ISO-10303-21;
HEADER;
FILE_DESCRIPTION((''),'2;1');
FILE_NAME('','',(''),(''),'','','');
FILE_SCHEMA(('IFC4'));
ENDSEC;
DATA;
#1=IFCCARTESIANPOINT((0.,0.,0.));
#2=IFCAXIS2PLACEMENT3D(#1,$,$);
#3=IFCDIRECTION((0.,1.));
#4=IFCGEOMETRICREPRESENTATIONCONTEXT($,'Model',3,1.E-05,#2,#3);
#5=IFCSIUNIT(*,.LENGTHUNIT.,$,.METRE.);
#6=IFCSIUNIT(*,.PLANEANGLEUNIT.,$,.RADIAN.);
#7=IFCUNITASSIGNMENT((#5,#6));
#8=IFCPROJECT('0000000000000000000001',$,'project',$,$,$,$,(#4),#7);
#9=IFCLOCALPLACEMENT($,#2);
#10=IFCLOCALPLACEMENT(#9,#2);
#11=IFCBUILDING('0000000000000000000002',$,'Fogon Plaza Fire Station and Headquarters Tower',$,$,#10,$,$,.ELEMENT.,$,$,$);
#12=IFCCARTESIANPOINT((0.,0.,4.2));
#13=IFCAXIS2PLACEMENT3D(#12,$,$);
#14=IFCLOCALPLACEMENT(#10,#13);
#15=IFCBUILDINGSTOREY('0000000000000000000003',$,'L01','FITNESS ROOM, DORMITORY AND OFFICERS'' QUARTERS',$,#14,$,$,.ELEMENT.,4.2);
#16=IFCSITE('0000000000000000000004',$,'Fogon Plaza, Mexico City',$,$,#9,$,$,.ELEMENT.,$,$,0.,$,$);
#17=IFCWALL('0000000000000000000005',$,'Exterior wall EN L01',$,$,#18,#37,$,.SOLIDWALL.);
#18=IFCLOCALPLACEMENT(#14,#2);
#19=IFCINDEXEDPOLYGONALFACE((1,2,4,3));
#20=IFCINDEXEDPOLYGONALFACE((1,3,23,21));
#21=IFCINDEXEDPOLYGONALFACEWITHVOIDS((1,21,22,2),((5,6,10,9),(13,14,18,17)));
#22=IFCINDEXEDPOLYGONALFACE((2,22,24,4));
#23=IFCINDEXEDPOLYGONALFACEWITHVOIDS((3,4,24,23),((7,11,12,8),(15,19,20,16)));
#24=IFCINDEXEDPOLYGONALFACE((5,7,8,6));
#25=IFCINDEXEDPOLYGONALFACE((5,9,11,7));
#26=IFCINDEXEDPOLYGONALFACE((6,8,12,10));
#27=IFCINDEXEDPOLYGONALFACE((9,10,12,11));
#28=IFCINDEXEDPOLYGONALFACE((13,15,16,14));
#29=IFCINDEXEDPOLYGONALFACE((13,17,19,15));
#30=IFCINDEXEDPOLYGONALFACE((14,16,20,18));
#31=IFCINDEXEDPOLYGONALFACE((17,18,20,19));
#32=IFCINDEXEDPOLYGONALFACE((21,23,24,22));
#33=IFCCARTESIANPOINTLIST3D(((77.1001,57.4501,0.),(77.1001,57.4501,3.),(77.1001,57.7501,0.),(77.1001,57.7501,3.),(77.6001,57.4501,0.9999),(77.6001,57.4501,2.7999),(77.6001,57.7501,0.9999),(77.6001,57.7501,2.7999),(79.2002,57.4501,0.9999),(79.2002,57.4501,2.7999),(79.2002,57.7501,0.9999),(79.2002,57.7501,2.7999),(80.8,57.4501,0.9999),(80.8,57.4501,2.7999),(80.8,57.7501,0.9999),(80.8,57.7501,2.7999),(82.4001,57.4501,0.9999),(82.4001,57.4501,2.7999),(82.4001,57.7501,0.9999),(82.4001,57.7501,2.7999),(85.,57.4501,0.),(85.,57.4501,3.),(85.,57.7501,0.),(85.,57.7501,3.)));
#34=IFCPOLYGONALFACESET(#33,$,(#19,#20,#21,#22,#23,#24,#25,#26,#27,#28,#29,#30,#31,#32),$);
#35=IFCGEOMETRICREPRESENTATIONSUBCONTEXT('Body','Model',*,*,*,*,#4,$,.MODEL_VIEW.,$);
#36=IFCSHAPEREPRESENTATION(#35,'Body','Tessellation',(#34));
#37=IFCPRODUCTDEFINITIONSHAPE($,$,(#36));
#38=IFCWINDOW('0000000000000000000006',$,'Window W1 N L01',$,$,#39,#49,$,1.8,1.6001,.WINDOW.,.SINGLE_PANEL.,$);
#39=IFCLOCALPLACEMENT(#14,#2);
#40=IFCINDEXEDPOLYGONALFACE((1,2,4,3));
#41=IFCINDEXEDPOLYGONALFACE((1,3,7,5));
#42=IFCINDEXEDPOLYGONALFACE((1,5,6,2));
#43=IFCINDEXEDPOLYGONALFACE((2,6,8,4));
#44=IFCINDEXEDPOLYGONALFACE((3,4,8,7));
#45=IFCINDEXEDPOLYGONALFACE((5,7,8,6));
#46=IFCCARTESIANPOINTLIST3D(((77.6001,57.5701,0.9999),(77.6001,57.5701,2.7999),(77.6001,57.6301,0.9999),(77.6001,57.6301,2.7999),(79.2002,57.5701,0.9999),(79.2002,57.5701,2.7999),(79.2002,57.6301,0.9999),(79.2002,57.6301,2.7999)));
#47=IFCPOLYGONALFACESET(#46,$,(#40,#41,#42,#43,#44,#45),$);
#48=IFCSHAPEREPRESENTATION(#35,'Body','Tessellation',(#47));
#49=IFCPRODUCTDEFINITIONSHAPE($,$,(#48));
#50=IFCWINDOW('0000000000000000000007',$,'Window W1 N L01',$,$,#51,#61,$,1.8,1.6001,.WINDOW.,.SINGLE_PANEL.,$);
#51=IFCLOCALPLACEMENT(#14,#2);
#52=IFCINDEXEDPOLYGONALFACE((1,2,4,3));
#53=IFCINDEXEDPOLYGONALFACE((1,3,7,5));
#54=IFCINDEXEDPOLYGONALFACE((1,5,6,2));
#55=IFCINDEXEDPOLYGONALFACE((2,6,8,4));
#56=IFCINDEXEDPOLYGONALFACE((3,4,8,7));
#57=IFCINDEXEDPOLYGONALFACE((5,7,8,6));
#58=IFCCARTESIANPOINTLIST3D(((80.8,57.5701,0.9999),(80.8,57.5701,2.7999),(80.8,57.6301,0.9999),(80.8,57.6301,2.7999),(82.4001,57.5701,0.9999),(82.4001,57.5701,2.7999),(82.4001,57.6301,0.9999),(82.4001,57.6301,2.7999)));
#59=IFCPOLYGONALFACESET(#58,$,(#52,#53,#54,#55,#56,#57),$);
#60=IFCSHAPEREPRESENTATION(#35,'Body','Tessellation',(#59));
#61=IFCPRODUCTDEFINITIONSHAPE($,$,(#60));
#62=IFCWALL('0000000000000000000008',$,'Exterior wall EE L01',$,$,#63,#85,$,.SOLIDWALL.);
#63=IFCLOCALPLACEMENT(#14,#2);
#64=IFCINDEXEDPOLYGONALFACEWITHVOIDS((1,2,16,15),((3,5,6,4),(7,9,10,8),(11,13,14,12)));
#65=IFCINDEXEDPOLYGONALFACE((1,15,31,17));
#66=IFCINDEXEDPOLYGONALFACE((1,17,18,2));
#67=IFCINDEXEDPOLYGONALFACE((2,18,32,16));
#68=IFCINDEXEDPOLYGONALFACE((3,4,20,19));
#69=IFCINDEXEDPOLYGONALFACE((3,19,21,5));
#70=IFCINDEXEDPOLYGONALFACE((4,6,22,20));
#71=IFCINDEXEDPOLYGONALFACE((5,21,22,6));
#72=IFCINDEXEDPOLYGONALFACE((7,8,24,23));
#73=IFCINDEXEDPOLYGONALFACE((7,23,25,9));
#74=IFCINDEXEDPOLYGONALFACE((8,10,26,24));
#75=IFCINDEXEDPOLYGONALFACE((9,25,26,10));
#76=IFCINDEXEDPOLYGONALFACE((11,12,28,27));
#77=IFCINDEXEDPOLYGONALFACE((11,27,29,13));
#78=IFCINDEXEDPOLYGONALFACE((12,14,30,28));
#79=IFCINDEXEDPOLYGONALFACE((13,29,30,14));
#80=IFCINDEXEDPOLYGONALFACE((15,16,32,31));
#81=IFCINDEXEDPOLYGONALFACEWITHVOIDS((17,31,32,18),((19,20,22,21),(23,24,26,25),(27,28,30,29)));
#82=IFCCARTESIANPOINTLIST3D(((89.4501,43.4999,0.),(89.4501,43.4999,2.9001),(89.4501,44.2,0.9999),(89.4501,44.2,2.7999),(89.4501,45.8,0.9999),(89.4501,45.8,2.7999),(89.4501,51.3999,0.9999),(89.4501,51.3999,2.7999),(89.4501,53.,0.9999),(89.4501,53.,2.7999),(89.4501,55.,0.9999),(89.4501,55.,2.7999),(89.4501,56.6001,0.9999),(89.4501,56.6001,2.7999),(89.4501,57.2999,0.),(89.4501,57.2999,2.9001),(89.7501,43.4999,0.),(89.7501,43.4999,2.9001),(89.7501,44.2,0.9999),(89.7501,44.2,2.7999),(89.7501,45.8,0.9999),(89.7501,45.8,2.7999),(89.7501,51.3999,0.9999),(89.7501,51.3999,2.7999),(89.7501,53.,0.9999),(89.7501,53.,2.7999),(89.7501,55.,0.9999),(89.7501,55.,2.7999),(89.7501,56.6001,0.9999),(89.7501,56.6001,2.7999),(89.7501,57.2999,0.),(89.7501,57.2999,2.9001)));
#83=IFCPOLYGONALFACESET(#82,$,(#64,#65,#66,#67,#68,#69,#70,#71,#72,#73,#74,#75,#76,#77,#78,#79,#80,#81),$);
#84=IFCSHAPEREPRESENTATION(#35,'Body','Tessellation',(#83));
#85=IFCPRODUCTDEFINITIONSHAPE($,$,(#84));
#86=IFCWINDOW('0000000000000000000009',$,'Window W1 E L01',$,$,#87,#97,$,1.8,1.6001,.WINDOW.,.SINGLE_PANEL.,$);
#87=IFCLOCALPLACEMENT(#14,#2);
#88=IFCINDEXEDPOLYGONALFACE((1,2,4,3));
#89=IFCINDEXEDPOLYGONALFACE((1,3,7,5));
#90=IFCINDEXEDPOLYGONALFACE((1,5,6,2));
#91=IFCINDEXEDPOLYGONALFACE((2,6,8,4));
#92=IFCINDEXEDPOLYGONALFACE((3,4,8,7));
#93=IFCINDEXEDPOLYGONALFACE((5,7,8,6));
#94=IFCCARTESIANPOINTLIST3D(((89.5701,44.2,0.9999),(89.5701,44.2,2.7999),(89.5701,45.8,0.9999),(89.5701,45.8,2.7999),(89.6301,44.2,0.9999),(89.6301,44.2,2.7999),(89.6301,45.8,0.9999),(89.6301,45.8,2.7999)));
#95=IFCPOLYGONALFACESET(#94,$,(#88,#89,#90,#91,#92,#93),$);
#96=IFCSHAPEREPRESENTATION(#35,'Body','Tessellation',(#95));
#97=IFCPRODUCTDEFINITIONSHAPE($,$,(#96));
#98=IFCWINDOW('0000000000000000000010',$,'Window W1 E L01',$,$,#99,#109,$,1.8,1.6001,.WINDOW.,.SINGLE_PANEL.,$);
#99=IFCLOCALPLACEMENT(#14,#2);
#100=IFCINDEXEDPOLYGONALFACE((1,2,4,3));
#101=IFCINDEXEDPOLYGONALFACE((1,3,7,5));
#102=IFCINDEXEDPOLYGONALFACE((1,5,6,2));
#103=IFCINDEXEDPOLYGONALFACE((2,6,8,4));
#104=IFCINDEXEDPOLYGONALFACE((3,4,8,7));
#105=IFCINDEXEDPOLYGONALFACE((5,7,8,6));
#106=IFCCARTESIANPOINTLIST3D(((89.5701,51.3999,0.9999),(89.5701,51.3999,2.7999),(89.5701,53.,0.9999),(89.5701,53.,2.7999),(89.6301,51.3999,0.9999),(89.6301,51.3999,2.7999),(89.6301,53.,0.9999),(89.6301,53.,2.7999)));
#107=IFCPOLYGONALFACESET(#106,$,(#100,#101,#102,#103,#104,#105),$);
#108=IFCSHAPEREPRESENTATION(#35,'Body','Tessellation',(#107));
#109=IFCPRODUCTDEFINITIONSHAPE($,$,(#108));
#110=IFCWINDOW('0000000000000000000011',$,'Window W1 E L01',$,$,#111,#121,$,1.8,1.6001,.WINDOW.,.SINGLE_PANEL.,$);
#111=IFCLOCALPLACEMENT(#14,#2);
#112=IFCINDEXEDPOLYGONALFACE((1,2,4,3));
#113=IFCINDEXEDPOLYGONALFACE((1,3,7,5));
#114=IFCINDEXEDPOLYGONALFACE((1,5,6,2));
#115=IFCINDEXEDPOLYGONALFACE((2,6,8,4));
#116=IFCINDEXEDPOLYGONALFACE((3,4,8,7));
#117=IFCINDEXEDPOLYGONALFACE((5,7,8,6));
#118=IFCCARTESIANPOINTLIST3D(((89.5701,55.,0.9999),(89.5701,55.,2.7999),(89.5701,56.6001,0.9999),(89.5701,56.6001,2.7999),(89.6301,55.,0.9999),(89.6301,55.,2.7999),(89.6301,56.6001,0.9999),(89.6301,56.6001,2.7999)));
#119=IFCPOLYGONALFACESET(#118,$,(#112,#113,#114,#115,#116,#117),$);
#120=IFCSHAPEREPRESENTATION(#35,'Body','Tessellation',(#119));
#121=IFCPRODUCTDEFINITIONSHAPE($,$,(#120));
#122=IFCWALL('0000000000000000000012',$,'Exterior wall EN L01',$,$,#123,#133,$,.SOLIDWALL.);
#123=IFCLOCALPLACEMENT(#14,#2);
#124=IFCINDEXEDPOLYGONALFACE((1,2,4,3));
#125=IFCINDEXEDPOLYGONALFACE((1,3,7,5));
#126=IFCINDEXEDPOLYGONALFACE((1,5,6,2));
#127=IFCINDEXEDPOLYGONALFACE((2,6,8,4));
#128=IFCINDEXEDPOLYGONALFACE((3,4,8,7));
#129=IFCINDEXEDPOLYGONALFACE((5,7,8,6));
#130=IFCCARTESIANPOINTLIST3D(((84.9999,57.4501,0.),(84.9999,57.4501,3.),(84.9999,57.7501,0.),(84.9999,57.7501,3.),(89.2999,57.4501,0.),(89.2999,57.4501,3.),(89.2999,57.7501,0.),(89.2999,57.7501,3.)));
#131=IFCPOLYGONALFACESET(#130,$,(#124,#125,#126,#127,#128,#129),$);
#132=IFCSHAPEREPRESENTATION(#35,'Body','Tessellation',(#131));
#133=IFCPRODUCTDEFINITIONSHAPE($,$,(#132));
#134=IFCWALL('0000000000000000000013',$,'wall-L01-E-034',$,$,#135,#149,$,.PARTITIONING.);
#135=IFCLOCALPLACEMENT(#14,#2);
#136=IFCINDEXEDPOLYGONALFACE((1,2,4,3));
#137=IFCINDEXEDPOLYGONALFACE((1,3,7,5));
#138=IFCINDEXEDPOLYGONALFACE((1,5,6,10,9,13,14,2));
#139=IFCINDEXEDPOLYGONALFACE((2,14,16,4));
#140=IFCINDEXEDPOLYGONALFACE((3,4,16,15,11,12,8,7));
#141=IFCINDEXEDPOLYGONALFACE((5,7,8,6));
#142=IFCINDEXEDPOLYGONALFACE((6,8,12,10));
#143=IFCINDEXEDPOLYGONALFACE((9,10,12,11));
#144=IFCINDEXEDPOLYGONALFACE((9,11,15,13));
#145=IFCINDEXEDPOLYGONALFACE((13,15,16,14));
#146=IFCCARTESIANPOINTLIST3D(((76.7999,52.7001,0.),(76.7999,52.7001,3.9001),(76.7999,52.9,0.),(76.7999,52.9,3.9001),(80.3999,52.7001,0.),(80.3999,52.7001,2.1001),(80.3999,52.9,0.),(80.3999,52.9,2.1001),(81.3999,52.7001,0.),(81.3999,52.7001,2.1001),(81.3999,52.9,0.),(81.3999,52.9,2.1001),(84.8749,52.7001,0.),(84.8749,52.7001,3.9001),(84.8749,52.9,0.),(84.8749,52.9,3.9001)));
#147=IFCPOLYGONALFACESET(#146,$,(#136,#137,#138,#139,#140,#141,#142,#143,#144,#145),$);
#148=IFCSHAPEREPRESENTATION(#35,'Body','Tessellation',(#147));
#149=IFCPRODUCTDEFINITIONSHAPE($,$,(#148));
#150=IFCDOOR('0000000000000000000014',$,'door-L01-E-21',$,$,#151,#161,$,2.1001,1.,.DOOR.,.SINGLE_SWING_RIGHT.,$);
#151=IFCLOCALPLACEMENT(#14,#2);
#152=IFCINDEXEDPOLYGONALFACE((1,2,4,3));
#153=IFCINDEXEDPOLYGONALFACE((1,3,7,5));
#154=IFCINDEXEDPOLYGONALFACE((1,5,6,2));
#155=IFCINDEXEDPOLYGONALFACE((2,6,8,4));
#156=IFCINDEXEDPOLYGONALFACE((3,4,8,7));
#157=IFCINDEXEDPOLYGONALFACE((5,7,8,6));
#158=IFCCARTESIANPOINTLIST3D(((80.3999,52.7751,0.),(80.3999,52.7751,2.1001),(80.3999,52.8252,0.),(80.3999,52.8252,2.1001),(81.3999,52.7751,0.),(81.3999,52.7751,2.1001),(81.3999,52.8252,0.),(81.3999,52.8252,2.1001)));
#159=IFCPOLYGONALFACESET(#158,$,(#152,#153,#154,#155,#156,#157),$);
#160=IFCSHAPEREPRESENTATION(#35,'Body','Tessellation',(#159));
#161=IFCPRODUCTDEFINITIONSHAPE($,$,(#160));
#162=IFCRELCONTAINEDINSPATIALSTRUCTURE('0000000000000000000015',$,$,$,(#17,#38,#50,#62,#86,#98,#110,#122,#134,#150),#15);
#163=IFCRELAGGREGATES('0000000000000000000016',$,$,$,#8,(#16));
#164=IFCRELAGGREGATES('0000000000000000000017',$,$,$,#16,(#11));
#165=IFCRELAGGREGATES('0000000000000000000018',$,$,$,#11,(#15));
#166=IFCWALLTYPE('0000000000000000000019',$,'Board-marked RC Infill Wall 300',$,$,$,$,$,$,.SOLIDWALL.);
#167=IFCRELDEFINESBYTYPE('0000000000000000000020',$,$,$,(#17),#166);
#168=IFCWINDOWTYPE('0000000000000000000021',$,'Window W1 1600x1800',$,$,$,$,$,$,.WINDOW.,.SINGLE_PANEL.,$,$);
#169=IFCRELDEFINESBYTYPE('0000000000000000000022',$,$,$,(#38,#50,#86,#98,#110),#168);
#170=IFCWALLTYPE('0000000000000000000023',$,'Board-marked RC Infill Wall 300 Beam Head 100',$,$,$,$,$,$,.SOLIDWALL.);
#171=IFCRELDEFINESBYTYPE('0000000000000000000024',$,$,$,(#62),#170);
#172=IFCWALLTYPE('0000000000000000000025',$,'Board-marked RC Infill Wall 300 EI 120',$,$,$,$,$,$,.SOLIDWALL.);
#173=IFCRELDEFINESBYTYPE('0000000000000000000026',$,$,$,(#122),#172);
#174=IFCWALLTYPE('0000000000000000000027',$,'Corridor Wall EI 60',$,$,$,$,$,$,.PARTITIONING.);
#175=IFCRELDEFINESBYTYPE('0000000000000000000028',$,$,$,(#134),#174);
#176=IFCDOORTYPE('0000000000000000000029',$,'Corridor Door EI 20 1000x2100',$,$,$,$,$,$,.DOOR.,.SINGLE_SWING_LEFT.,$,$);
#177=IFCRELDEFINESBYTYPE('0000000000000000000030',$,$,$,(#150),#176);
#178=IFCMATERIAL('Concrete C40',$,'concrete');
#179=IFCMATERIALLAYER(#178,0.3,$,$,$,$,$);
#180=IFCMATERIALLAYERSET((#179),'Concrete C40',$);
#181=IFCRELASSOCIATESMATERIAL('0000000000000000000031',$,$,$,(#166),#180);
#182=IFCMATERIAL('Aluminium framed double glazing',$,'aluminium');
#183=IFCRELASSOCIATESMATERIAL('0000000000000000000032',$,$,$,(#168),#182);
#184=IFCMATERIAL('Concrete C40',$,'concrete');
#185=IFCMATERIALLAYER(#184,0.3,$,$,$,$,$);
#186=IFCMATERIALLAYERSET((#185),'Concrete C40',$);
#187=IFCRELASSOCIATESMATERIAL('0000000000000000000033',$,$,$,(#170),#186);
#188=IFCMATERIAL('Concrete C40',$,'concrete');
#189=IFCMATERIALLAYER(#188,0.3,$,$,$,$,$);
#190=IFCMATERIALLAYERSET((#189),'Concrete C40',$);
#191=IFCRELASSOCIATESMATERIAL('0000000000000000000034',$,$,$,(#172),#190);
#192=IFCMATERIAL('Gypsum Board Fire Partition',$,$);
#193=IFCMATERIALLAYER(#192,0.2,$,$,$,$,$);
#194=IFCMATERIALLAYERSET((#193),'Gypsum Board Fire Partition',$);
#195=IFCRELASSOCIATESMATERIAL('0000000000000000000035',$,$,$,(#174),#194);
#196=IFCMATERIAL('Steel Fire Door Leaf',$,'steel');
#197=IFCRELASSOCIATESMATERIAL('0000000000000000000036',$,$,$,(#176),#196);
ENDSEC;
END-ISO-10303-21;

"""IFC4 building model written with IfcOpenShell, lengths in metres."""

from ifc_helpers import new_model, si_unit, direction, frame, frame_2d, origin, place, context, subcontext, project, spatial, rectangle, extrude, material, layer, layer_set, type_object, element, fill, save


model = new_model("IFC4")

# Units and contexts
model_context = context("Model", 3, precision=1e-05, world=origin(), true_north=direction((0.0, 1.0)))
body_context = subcontext(model_context, "Body", "Model", "MODEL_VIEW")
ifc_project = project(units=[si_unit("LENGTHUNIT", "METRE"), si_unit("PLANEANGLEUNIT", "RADIAN")], contexts=[model_context])

# Site, building, storey
site_placement = place(None, origin())
site = spatial("IfcSite", under=ifc_project, at=site_placement, Name="Fogon Plaza, Mexico City", CompositionType="ELEMENT", RefElevation=0.0)
building_placement = place(site_placement, origin())
building = spatial("IfcBuilding", under=site, at=building_placement, Name="Fogon Plaza Fire Station and Headquarters Tower", CompositionType="ELEMENT")
storey_placement = place(building_placement, frame((0.0, 0.0, 4.2)))
storey = spatial("IfcBuildingStorey", under=building, at=storey_placement, Name="L01", Description="FITNESS ROOM, DORMITORY AND OFFICERS' QUARTERS", CompositionType="ELEMENT", Elevation=4.2)

# Walls, openings, windows
ifc_material_1 = material(Name="Concrete C40", Category="concrete")
ifc_layer_1 = layer(ifc_material_1, 0.3)
ifc_layer_set_1 = layer_set([ifc_layer_1], Name="Concrete C40")
wall_type_1 = type_object("IfcWallType", Name="Board-marked RC Infill Wall 300", PredefinedType="SOLIDWALL", material=ifc_layer_set_1)
wall_1_placement = place(storey_placement, frame((77.1001, 57.6001, 0.0), z_axis=(0.0, 0.0, 1.0), x_axis=(1.0, 0.0, 0.0)))
wall_1 = element("IfcWall", 1, at=wall_1_placement, inside=storey, type_object=wall_type_1, Name="Exterior wall EN L01", PredefinedType="SOLIDWALL", context=body_context, shape_type="SweptSolid", body=[
    extrude(rectangle(XDim=7.8999, YDim=0.3, at=frame_2d((3.95, 0.0))), origin(), (0.0, 0.0, 1.0), 3.0),
])
opening_1_placement = place(wall_1_placement, frame((0.5, 0.0, 1.0)))
opening_1 = element("IfcOpeningElement", 2, at=opening_1_placement, cuts=wall_1, PredefinedType="OPENING", context=body_context, shape_type="SweptSolid", body=[
    extrude(rectangle(XDim=1.6001, YDim=1.8, at=frame_2d((0.8, 0.8999))), frame((0.0, 0.1599, 0.0), z_axis=(0.0, -1.0, 0.0), x_axis=(1.0, 0.0, 0.0)), (0.0, 0.0, 1.0), 0.3201),
])
opening_2_placement = place(wall_1_placement, frame((3.7, 0.0, 1.0)))
opening_2 = element("IfcOpeningElement", 3, at=opening_2_placement, cuts=wall_1, PredefinedType="OPENING", context=body_context, shape_type="SweptSolid", body=[
    extrude(rectangle(XDim=1.6001, YDim=1.8, at=frame_2d((0.8, 0.8999))), frame((0.0, 0.1599, 0.0), z_axis=(0.0, -1.0, 0.0), x_axis=(1.0, 0.0, 0.0)), (0.0, 0.0, 1.0), 0.3201),
])
ifc_material_2 = material(Name="Aluminium framed double glazing", Category="aluminium")
window_type = type_object("IfcWindowType", Name="Window W1 1600x1800", PartitioningType="SINGLE_PANEL", PredefinedType="WINDOW", material=ifc_material_2)
window_1_placement = place(opening_1_placement, origin())
window_1 = element("IfcWindow", 4, at=window_1_placement, inside=storey, type_object=window_type, Name="Window W1 N L01", OverallHeight=1.8, OverallWidth=1.6001, PartitioningType="SINGLE_PANEL", PredefinedType="WINDOW", context=body_context, shape_type="SweptSolid", body=[
    extrude(rectangle(XDim=1.6001, YDim=1.8, at=frame_2d((0.8, 0.8999))), frame((0.0, 0.03, 0.0), z_axis=(0.0, -1.0, 0.0), x_axis=(1.0, 0.0, 0.0)), (0.0, 0.0, 1.0), 0.0601),
])
fill(opening_1, window_1)
window_2_placement = place(opening_2_placement, origin())
window_2 = element("IfcWindow", 5, at=window_2_placement, inside=storey, type_object=window_type, Name="Window W1 N L01", OverallHeight=1.8, OverallWidth=1.6001, PartitioningType="SINGLE_PANEL", PredefinedType="WINDOW", context=body_context, shape_type="SweptSolid", body=[
    extrude(rectangle(XDim=1.6001, YDim=1.8, at=frame_2d((0.8, 0.8999))), frame((0.0, 0.03, 0.0), z_axis=(0.0, -1.0, 0.0), x_axis=(1.0, 0.0, 0.0)), (0.0, 0.0, 1.0), 0.0601),
])
fill(opening_2, window_2)
ifc_material_3 = material(Name="Concrete C40", Category="concrete")
ifc_layer_2 = layer(ifc_material_3, 0.3)
ifc_layer_set_2 = layer_set([ifc_layer_2], Name="Concrete C40")
wall_type_2 = type_object("IfcWallType", Name="Board-marked RC Infill Wall 300 Beam Head 100", PredefinedType="SOLIDWALL", material=ifc_layer_set_2)
wall_2_placement = place(storey_placement, frame((89.6001, 43.5, 0.0), z_axis=(0.0, 0.0, 1.0), x_axis=(0.0, 1.0, 0.0)))
wall_2 = element("IfcWall", 6, at=wall_2_placement, inside=storey, type_object=wall_type_2, Name="Exterior wall EE L01", PredefinedType="SOLIDWALL", context=body_context, shape_type="SweptSolid", body=[
    extrude(rectangle(XDim=13.8, YDim=0.3, at=frame_2d((6.8999, 0.0))), origin(), (0.0, 0.0, 1.0), 2.9001),
])
opening_3_placement = place(wall_2_placement, frame((0.7, 0.0, 1.0)))
opening_3 = element("IfcOpeningElement", 7, at=opening_3_placement, cuts=wall_2, PredefinedType="OPENING", context=body_context, shape_type="SweptSolid", body=[
    extrude(rectangle(XDim=1.6001, YDim=1.8, at=frame_2d((0.8, 0.8999))), frame((0.0, 0.1599, 0.0), z_axis=(0.0, -1.0, 0.0), x_axis=(1.0, 0.0, 0.0)), (0.0, 0.0, 1.0), 0.3201),
])
opening_4_placement = place(wall_2_placement, frame((7.8999, 0.0, 1.0)))
opening_4 = element("IfcOpeningElement", 8, at=opening_4_placement, cuts=wall_2, PredefinedType="OPENING", context=body_context, shape_type="SweptSolid", body=[
    extrude(rectangle(XDim=1.6001, YDim=1.8, at=frame_2d((0.8, 0.8999))), frame((0.0, 0.1599, 0.0), z_axis=(0.0, -1.0, 0.0), x_axis=(1.0, 0.0, 0.0)), (0.0, 0.0, 1.0), 0.3201),
])
opening_5_placement = place(wall_2_placement, frame((11.5, 0.0, 1.0)))
opening_5 = element("IfcOpeningElement", 9, at=opening_5_placement, cuts=wall_2, PredefinedType="OPENING", context=body_context, shape_type="SweptSolid", body=[
    extrude(rectangle(XDim=1.6001, YDim=1.8, at=frame_2d((0.8, 0.8999))), frame((0.0, 0.1599, 0.0), z_axis=(0.0, -1.0, 0.0), x_axis=(1.0, 0.0, 0.0)), (0.0, 0.0, 1.0), 0.3201),
])
window_3_placement = place(opening_3_placement, origin())
window_3 = element("IfcWindow", 10, at=window_3_placement, inside=storey, type_object=window_type, Name="Window W1 E L01", OverallHeight=1.8, OverallWidth=1.6001, PartitioningType="SINGLE_PANEL", PredefinedType="WINDOW", context=body_context, shape_type="SweptSolid", body=[
    extrude(rectangle(XDim=1.6001, YDim=1.8, at=frame_2d((0.8, 0.8999))), frame((0.0, 0.03, 0.0), z_axis=(0.0, -1.0, 0.0), x_axis=(1.0, 0.0, 0.0)), (0.0, 0.0, 1.0), 0.0601),
])
fill(opening_3, window_3)
window_4_placement = place(opening_4_placement, origin())
window_4 = element("IfcWindow", 11, at=window_4_placement, inside=storey, type_object=window_type, Name="Window W1 E L01", OverallHeight=1.8, OverallWidth=1.6001, PartitioningType="SINGLE_PANEL", PredefinedType="WINDOW", context=body_context, shape_type="SweptSolid", body=[
    extrude(rectangle(XDim=1.6001, YDim=1.8, at=frame_2d((0.8, 0.8999))), frame((0.0, 0.03, 0.0), z_axis=(0.0, -1.0, 0.0), x_axis=(1.0, 0.0, 0.0)), (0.0, 0.0, 1.0), 0.0601),
])
fill(opening_4, window_4)
window_5_placement = place(opening_5_placement, origin())
window_5 = element("IfcWindow", 12, at=window_5_placement, inside=storey, type_object=window_type, Name="Window W1 E L01", OverallHeight=1.8, OverallWidth=1.6001, PartitioningType="SINGLE_PANEL", PredefinedType="WINDOW", context=body_context, shape_type="SweptSolid", body=[
    extrude(rectangle(XDim=1.6001, YDim=1.8, at=frame_2d((0.8, 0.8999))), frame((0.0, 0.03, 0.0), z_axis=(0.0, -1.0, 0.0), x_axis=(1.0, 0.0, 0.0)), (0.0, 0.0, 1.0), 0.0601),
])
fill(opening_5, window_5)

# Wall
ifc_material_4 = material(Name="Concrete C40", Category="concrete")
ifc_layer_3 = layer(ifc_material_4, 0.3)
ifc_layer_set_3 = layer_set([ifc_layer_3], Name="Concrete C40")
wall_type_3 = type_object("IfcWallType", Name="Board-marked RC Infill Wall 300 EI 120", PredefinedType="SOLIDWALL", material=ifc_layer_set_3)
wall_3_placement = place(storey_placement, frame((85.0, 57.6001, 0.0), z_axis=(0.0, 0.0, 1.0), x_axis=(1.0, 0.0, 0.0)))
element("IfcWall", 13, at=wall_3_placement, inside=storey, type_object=wall_type_3, Name="Exterior wall EN L01", PredefinedType="SOLIDWALL", context=body_context, shape_type="SweptSolid", body=[
    extrude(rectangle(XDim=4.3, YDim=0.3, at=frame_2d((2.1499, 0.0))), origin(), (0.0, 0.0, 1.0), 3.0),
])

# Wall, opening, door
ifc_material_5 = material(Name="Gypsum Board Fire Partition")
ifc_layer_4 = layer(ifc_material_5, 0.2)
ifc_layer_set_4 = layer_set([ifc_layer_4], Name="Gypsum Board Fire Partition")
wall_type_4 = type_object("IfcWallType", Name="Corridor Wall EI 60", PredefinedType="PARTITIONING", material=ifc_layer_set_4)
wall_4_placement = place(storey_placement, frame((84.875, 52.8, 0.0), z_axis=(0.0, 0.0, 1.0), x_axis=(-1.0, 0.0, 0.0)))
wall_4 = element("IfcWall", 14, at=wall_4_placement, inside=storey, type_object=wall_type_4, Name="wall-L01-E-034", PredefinedType="PARTITIONING", context=body_context, shape_type="SweptSolid", body=[
    extrude(rectangle(XDim=8.075, YDim=0.2, at=frame_2d((4.0376, 0.0))), origin(), (0.0, 0.0, 1.0), 3.9001),
])
opening_6_placement = place(wall_4_placement, frame((3.4751, 0.0, 0.0)))
opening_6 = element("IfcOpeningElement", 15, at=opening_6_placement, cuts=wall_4, PredefinedType="OPENING", context=body_context, shape_type="SweptSolid", body=[
    extrude(rectangle(XDim=1.0, YDim=2.1001, at=frame_2d((0.5, 1.05))), frame((0.0, 0.1099, 0.0), z_axis=(0.0, -1.0, 0.0), x_axis=(1.0, 0.0, 0.0)), (0.0, 0.0, 1.0), 0.22),
])
ifc_material_6 = material(Name="Steel Fire Door Leaf", Category="steel")
door_type_1 = type_object("IfcDoorType", Name="Corridor Door EI 20 1000x2100", OperationType="SINGLE_SWING_LEFT", PredefinedType="DOOR", material=ifc_material_6)
door_1_placement = place(opening_6_placement, origin())
door_1 = element("IfcDoor", 16, at=door_1_placement, inside=storey, type_object=door_type_1, Name="door-L01-E-21", OperationType="SINGLE_SWING_RIGHT", OverallHeight=2.1001, OverallWidth=1.0, PredefinedType="DOOR", context=body_context, shape_type="SweptSolid", body=[
    extrude(rectangle(XDim=1.0, YDim=2.1001, at=frame_2d((0.5, 1.05))), frame((0.0, 0.0249, 0.0), z_axis=(0.0, -1.0, 0.0), x_axis=(1.0, 0.0, 0.0)), (0.0, 0.0, 1.0), 0.05),
])
fill(opening_6, door_1)

save(model, "model.ifc")
